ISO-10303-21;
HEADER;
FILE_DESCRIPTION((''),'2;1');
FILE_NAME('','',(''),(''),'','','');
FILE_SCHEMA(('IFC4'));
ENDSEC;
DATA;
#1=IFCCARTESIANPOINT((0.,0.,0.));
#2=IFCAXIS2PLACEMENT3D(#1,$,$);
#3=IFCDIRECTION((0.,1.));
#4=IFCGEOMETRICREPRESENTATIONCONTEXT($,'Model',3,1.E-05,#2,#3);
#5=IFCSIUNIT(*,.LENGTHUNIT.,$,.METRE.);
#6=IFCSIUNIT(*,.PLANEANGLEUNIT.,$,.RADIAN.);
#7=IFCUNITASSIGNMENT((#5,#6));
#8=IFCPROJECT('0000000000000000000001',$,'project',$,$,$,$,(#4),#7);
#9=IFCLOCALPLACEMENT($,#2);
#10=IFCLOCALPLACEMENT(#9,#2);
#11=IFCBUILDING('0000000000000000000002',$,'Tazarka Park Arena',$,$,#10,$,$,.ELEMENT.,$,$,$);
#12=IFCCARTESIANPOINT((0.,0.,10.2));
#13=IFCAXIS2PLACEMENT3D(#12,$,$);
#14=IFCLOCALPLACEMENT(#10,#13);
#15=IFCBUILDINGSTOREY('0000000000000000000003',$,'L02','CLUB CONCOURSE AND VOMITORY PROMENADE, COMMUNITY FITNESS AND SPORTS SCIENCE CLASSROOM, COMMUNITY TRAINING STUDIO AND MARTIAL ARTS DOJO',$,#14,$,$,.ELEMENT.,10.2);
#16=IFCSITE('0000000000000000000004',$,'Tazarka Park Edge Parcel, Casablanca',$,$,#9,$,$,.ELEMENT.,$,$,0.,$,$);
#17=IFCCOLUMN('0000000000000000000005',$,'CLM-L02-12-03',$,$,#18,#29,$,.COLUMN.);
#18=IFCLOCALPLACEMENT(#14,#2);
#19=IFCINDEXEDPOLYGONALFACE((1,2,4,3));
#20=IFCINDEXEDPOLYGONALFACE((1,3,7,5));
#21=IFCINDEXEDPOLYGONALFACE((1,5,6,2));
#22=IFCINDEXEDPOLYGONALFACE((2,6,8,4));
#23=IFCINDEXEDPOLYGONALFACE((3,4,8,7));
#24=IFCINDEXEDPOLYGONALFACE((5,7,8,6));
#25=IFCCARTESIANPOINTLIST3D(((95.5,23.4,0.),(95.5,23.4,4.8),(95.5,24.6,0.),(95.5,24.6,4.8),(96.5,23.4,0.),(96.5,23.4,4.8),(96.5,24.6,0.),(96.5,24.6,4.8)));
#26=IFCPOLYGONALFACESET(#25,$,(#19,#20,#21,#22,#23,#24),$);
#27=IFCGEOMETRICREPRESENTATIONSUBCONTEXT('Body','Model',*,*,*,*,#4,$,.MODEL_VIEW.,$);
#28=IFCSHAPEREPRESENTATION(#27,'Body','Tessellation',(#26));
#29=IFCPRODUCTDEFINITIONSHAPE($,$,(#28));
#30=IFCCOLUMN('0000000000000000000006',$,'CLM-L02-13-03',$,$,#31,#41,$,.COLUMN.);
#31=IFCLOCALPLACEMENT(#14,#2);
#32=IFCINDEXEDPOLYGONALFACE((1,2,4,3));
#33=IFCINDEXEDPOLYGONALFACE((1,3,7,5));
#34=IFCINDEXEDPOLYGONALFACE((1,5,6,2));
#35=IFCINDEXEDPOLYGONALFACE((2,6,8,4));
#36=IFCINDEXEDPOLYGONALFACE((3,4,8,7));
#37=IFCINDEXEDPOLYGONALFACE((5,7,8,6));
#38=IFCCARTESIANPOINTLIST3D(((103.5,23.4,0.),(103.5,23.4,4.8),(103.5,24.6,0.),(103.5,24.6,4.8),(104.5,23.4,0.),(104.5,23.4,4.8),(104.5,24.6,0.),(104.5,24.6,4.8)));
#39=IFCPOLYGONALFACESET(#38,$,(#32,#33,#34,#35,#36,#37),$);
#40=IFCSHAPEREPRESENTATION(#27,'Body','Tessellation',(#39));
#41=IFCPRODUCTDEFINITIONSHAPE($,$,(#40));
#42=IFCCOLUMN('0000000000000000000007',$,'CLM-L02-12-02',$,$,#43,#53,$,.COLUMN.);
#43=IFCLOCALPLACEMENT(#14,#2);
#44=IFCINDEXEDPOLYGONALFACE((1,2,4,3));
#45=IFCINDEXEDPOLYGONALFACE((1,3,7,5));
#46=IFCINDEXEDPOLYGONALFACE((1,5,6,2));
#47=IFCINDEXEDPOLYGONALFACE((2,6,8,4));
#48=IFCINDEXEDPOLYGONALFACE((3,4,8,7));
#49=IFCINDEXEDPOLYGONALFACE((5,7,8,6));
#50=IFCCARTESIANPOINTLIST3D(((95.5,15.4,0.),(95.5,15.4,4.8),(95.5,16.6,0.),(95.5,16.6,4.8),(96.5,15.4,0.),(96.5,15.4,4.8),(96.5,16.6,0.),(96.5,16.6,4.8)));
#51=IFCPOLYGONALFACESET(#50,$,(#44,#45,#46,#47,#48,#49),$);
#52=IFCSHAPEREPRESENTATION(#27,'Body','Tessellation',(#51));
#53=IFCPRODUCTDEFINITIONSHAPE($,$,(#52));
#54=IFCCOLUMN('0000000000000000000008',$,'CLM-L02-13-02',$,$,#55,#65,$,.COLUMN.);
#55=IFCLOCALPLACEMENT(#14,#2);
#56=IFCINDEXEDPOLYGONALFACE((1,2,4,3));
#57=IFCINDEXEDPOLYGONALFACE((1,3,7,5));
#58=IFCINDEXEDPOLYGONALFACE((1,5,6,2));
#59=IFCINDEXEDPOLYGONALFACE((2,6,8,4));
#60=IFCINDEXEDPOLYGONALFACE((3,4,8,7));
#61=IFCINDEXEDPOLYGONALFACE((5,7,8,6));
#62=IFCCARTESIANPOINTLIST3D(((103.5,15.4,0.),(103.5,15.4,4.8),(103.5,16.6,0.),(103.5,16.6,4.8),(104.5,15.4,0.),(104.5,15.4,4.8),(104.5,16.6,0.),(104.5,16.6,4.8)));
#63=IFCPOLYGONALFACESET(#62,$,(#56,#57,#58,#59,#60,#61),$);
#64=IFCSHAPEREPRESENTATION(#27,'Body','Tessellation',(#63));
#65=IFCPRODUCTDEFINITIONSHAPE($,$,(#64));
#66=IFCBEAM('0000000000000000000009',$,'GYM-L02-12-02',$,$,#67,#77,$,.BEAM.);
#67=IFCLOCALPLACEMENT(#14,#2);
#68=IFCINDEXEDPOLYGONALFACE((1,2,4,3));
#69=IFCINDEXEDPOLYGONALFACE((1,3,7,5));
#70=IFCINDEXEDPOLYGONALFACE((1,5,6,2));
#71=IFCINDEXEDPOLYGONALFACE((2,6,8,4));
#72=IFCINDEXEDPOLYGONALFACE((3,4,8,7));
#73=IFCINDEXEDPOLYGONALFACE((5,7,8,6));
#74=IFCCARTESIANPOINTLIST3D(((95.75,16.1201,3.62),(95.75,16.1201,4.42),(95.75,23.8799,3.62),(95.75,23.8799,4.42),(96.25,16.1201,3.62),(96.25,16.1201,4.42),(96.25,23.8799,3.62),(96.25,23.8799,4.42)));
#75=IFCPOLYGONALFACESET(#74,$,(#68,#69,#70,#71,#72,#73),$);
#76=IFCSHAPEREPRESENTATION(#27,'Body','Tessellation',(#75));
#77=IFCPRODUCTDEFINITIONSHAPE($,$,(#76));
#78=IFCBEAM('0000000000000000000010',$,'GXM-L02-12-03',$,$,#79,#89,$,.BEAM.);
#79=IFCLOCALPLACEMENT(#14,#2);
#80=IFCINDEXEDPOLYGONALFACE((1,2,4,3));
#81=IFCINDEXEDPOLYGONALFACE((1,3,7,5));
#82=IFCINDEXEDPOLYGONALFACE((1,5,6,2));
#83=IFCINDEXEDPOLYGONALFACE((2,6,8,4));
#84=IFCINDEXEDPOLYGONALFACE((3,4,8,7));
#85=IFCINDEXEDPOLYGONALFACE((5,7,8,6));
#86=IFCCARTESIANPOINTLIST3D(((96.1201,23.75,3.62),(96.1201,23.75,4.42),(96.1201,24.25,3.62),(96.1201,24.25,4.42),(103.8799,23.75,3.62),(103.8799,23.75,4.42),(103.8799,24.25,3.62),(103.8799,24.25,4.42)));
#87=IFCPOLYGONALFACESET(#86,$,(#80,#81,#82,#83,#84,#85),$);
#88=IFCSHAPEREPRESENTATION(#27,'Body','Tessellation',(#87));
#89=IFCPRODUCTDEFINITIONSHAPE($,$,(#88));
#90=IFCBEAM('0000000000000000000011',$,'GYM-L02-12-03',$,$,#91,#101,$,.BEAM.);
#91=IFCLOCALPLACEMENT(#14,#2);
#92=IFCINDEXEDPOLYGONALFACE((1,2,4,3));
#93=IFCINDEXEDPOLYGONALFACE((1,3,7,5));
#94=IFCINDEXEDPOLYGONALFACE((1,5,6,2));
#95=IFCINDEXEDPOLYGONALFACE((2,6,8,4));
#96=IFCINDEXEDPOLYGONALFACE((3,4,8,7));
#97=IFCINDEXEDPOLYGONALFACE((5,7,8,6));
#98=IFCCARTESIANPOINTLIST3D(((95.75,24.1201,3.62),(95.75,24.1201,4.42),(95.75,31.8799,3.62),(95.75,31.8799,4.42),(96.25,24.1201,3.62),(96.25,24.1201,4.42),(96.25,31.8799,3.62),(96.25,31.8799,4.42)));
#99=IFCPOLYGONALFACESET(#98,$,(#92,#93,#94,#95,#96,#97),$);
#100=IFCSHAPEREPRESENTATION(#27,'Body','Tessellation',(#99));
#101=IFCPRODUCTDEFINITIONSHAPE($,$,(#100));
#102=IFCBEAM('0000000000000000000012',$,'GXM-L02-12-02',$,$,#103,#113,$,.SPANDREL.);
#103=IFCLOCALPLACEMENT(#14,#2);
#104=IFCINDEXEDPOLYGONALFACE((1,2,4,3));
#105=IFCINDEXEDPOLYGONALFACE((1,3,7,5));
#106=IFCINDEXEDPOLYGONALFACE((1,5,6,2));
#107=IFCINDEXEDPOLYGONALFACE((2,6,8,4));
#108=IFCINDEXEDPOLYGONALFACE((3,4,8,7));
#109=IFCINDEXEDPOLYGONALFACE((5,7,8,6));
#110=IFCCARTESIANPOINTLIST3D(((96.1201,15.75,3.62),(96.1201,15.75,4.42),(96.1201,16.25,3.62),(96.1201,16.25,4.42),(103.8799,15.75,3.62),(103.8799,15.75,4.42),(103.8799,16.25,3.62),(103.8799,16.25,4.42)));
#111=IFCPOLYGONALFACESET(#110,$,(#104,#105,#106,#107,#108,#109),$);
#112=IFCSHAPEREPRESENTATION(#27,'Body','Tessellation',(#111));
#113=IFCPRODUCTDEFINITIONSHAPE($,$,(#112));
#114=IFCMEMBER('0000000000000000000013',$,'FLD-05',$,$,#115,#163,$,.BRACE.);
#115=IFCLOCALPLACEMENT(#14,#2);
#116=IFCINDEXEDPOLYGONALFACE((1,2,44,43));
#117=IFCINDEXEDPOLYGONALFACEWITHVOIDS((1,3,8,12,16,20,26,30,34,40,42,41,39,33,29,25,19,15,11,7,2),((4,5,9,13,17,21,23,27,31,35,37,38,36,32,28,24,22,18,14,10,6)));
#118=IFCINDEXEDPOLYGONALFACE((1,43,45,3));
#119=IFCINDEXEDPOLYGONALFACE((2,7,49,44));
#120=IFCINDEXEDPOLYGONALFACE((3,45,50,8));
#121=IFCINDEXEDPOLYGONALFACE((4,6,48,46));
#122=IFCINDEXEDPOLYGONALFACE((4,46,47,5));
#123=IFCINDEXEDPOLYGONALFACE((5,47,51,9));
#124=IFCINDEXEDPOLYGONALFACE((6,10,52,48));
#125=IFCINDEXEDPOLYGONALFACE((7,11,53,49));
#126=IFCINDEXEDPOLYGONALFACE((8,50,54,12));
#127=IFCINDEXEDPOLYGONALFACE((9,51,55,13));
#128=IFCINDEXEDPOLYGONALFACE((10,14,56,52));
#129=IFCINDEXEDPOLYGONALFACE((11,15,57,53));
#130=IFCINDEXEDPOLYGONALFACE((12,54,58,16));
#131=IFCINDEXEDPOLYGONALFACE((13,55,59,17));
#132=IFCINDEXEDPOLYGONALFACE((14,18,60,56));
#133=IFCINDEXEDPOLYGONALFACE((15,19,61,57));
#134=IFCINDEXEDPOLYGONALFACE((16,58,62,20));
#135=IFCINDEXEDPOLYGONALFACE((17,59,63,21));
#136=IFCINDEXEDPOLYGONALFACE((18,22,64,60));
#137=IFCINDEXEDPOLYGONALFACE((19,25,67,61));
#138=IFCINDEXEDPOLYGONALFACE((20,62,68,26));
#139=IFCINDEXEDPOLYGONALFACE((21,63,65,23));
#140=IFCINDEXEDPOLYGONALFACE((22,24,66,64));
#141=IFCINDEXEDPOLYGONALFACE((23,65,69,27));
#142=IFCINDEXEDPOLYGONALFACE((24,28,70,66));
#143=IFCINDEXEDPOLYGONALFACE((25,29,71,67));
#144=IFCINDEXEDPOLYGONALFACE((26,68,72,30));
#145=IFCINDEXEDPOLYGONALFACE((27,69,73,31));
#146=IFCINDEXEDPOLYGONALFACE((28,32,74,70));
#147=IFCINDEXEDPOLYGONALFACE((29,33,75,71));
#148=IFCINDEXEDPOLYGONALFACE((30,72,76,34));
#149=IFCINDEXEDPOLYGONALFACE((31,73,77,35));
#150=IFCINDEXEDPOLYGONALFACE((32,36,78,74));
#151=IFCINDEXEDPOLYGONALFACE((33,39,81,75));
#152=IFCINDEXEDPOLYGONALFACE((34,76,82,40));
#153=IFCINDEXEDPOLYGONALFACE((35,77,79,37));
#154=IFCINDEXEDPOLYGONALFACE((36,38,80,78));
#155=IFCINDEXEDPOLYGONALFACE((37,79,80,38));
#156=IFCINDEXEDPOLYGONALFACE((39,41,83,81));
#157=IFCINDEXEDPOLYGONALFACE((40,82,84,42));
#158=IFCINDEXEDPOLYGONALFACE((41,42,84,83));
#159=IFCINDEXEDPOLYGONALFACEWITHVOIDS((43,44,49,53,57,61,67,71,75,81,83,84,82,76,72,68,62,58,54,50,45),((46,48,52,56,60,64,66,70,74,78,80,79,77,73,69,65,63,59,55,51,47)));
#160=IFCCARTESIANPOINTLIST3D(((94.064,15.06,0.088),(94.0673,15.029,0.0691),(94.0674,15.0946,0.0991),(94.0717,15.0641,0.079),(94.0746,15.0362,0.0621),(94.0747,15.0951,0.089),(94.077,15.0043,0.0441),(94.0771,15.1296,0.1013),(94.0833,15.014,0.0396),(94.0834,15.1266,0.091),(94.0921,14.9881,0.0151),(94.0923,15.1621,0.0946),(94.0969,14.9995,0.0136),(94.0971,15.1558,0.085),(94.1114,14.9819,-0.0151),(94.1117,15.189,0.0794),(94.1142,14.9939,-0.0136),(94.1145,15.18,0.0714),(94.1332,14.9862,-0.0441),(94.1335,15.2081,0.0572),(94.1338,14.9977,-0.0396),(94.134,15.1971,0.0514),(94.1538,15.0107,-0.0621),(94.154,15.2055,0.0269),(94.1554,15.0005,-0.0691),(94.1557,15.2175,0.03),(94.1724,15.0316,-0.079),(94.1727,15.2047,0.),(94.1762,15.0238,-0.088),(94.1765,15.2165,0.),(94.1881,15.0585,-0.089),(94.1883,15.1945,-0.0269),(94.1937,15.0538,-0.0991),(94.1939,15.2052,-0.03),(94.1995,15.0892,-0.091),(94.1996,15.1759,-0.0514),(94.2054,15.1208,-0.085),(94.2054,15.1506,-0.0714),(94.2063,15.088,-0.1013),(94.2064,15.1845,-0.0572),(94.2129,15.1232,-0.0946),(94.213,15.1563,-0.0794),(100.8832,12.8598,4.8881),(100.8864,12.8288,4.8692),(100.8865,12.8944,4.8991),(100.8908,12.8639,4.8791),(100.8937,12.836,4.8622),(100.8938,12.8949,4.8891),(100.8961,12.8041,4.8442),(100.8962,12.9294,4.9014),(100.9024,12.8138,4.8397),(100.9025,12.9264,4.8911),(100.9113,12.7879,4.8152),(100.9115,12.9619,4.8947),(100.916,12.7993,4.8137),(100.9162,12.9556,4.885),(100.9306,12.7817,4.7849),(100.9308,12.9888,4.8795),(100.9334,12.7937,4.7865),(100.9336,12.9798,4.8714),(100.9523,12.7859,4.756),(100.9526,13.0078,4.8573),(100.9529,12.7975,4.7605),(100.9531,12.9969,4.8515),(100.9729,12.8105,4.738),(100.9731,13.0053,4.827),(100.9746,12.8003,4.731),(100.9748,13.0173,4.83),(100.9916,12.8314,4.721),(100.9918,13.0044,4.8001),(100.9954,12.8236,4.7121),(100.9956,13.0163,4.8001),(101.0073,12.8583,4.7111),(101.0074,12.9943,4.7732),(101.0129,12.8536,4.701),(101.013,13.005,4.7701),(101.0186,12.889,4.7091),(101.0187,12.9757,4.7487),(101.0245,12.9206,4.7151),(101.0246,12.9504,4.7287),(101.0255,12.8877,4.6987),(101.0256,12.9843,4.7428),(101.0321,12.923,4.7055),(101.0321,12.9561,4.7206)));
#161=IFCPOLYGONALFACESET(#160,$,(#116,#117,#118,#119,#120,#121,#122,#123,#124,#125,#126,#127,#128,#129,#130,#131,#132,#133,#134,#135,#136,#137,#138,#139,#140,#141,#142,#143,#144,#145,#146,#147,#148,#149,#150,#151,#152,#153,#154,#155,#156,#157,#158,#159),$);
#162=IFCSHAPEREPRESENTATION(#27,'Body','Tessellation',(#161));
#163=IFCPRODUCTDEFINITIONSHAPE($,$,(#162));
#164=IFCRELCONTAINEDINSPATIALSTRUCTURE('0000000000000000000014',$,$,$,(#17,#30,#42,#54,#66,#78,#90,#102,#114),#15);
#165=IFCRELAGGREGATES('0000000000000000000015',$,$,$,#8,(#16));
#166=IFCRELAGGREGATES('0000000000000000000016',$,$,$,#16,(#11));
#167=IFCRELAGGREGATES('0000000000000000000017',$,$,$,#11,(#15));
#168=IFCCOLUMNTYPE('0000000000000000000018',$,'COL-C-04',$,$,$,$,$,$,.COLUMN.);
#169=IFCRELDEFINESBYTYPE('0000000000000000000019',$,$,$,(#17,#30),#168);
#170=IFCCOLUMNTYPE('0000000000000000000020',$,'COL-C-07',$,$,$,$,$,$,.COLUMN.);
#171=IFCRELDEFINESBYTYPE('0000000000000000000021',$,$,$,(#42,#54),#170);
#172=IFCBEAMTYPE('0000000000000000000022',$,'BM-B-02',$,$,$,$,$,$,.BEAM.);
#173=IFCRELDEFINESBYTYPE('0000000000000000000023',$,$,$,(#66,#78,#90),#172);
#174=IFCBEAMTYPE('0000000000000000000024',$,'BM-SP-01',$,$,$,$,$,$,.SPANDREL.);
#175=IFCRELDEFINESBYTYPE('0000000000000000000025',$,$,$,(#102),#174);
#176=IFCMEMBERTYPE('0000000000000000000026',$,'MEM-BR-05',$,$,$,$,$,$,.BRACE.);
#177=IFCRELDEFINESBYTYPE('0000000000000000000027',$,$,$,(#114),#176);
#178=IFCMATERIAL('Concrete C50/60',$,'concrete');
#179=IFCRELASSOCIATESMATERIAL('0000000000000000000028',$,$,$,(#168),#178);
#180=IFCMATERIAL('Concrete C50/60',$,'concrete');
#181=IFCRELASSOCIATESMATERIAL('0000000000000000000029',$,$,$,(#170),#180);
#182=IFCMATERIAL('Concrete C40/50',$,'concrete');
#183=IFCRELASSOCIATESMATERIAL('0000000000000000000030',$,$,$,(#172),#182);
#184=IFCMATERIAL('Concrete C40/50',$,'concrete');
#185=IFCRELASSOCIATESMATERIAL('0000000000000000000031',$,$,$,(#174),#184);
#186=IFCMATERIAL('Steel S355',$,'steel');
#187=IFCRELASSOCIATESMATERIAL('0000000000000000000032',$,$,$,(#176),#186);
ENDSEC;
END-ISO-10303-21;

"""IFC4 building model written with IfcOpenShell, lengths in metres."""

from ifc_helpers import new_model, si_unit, direction, frame, origin, origin_2d, place, context, subcontext, project, spatial, rectangle, hollow_circle, extrude, material, material_profile, profile_set, type_object, element, save


model = new_model("IFC4")

# Units and contexts
model_context = context("Model", 3, precision=1e-05, world=origin(), true_north=direction((0.0, 1.0)))
body_context = subcontext(model_context, "Body", "Model", "MODEL_VIEW")
ifc_project = project(units=[si_unit("LENGTHUNIT", "METRE"), si_unit("PLANEANGLEUNIT", "RADIAN")], contexts=[model_context])

# Site, building, storey
site_placement = place(None, origin())
site = spatial("IfcSite", under=ifc_project, at=site_placement, Name="Tazarka Park Edge Parcel, Casablanca", CompositionType="ELEMENT", RefElevation=0.0)
building_placement = place(site_placement, origin())
building = spatial("IfcBuilding", under=site, at=building_placement, Name="Tazarka Park Arena", CompositionType="ELEMENT")
storey_placement = place(building_placement, frame((0.0, 0.0, 10.2)))
storey = spatial("IfcBuildingStorey", under=building, at=storey_placement, Name="L02", Description="CLUB CONCOURSE AND VOMITORY PROMENADE, COMMUNITY FITNESS AND SPORTS SCIENCE CLASSROOM, COMMUNITY TRAINING STUDIO AND MARTIAL ARTS DOJO", CompositionType="ELEMENT", Elevation=10.2)

# Columns
ifc_material_1 = material(Name="Concrete C50/60", Category="concrete")
ifc_material_profile_1 = material_profile(ifc_material_1, rectangle(XDim=1.0, YDim=1.2, at=origin_2d()), Name="Concrete C50/60")
ifc_profile_set_1 = profile_set([ifc_material_profile_1], Name="Concrete C50/60")
column_type_1 = type_object("IfcColumnType", Name="COL-C-04", PredefinedType="COLUMN", material=ifc_profile_set_1)
for number, where, z_axis, x_axis, name in (
    (1, (96.0, 24.0, 0.0), (0.0, 0.0, 1.0), (1.0, 0.0, 0.0), "CLM-L02-12-03"),
    (2, (104.0, 24.0, 0.0), (0.0, 0.0, 1.0), (1.0, 0.0, 0.0), "CLM-L02-13-03"),
):
    element("IfcColumn", number, at=place(storey_placement, frame(where, z_axis=z_axis, x_axis=x_axis)), inside=storey, type_object=column_type_1, Name=name, PredefinedType="COLUMN", context=body_context, shape_type="SweptSolid", body=[
        extrude(rectangle(XDim=1.0, YDim=1.2, at=origin_2d()), origin(), (0.0, 0.0, 1.0), 4.8),
    ])
ifc_material_2 = material(Name="Concrete C50/60", Category="concrete")
ifc_material_profile_2 = material_profile(ifc_material_2, rectangle(XDim=1.0, YDim=1.2, at=origin_2d()), Name="Concrete C50/60")
ifc_profile_set_2 = profile_set([ifc_material_profile_2], Name="Concrete C50/60")
column_type_2 = type_object("IfcColumnType", Name="COL-C-07", PredefinedType="COLUMN", material=ifc_profile_set_2)
for number, where, z_axis, x_axis, name in (
    (3, (96.0, 16.0, 0.0), (0.0, 0.0, 1.0), (1.0, 0.0, 0.0), "CLM-L02-12-02"),
    (4, (104.0, 16.0, 0.0), (0.0, 0.0, 1.0), (1.0, 0.0, 0.0), "CLM-L02-13-02"),
):
    element("IfcColumn", number, at=place(storey_placement, frame(where, z_axis=z_axis, x_axis=x_axis)), inside=storey, type_object=column_type_2, Name=name, PredefinedType="COLUMN", context=body_context, shape_type="SweptSolid", body=[
        extrude(rectangle(XDim=1.0, YDim=1.2, at=origin_2d()), origin(), (0.0, 0.0, 1.0), 4.8),
    ])

# Beams
ifc_material_3 = material(Name="Concrete C40/50", Category="concrete")
ifc_material_profile_3 = material_profile(ifc_material_3, rectangle(XDim=0.5, YDim=0.8, at=origin_2d()), Name="Concrete C40/50")
ifc_profile_set_3 = profile_set([ifc_material_profile_3], Name="Concrete C40/50")
beam_type_1 = type_object("IfcBeamType", Name="BM-B-02", PredefinedType="BEAM", material=ifc_profile_set_3)
for number, where, z_axis, x_axis, name in (
    (5, (96.0, 16.1201, 4.02), (0.0, 1.0, 0.0), (-1.0, 0.0, 0.0), "GYM-L02-12-02"),
    (6, (96.1201, 24.0, 4.02), (1.0, 0.0, 0.0), (0.0, 1.0, 0.0), "GXM-L02-12-03"),
    (7, (96.0, 24.1201, 4.02), (0.0, 1.0, 0.0), (-1.0, 0.0, 0.0), "GYM-L02-12-03"),
):
    element("IfcBeam", number, at=place(storey_placement, frame(where, z_axis=z_axis, x_axis=x_axis)), inside=storey, type_object=beam_type_1, Name=name, PredefinedType="BEAM", context=body_context, shape_type="SweptSolid", body=[
        extrude(rectangle(XDim=0.5, YDim=0.8, at=origin_2d()), origin(), (0.0, 0.0, 1.0), 7.7598),
    ])
ifc_material_4 = material(Name="Concrete C40/50", Category="concrete")
ifc_material_profile_4 = material_profile(ifc_material_4, rectangle(XDim=0.5, YDim=0.8, at=origin_2d()), Name="Concrete C40/50")
ifc_profile_set_4 = profile_set([ifc_material_profile_4], Name="Concrete C40/50")
beam_type_2 = type_object("IfcBeamType", Name="BM-SP-01", PredefinedType="SPANDREL", material=ifc_profile_set_4)
beam_placement = place(storey_placement, frame((96.1201, 16.0, 4.02), z_axis=(1.0, 0.0, 0.0), x_axis=(0.0, 1.0, 0.0)))
element("IfcBeam", 8, at=beam_placement, inside=storey, type_object=beam_type_2, Name="GXM-L02-12-02", PredefinedType="SPANDREL", context=body_context, shape_type="SweptSolid", body=[
    extrude(rectangle(XDim=0.5, YDim=0.8, at=origin_2d()), origin(), (0.0, 0.0, 1.0), 7.7598),
])

# Member
ifc_material_5 = material(Name="Steel S355", Category="steel")
ifc_material_profile_5 = material_profile(ifc_material_5, hollow_circle(Radius=0.1223, WallThickness=0.0125, at=origin_2d()), Name="Steel S355")
ifc_profile_set_5 = profile_set([ifc_material_profile_5], Name="Steel S355")
member_type_1 = type_object("IfcMemberType", Name="MEM-BR-05", PredefinedType="BRACE", material=ifc_profile_set_5)
member_1_placement = place(storey_placement, frame((94.1389, 15.1001, 0.0), z_axis=(0.790669, -0.255111, 0.556562), x_axis=(0.307065, 0.951689, 0.0)))
element("IfcMember", 9, at=member_1_placement, inside=storey, type_object=member_type_1, Name="FLD-05", PredefinedType="BRACE", context=body_context, shape_type="SweptSolid", body=[
    extrude(hollow_circle(Radius=0.1223, WallThickness=0.0125, at=origin_2d()), origin(), (0.0, 0.0, 1.0), 8.6245),
])

save(model, "model.ifc")
